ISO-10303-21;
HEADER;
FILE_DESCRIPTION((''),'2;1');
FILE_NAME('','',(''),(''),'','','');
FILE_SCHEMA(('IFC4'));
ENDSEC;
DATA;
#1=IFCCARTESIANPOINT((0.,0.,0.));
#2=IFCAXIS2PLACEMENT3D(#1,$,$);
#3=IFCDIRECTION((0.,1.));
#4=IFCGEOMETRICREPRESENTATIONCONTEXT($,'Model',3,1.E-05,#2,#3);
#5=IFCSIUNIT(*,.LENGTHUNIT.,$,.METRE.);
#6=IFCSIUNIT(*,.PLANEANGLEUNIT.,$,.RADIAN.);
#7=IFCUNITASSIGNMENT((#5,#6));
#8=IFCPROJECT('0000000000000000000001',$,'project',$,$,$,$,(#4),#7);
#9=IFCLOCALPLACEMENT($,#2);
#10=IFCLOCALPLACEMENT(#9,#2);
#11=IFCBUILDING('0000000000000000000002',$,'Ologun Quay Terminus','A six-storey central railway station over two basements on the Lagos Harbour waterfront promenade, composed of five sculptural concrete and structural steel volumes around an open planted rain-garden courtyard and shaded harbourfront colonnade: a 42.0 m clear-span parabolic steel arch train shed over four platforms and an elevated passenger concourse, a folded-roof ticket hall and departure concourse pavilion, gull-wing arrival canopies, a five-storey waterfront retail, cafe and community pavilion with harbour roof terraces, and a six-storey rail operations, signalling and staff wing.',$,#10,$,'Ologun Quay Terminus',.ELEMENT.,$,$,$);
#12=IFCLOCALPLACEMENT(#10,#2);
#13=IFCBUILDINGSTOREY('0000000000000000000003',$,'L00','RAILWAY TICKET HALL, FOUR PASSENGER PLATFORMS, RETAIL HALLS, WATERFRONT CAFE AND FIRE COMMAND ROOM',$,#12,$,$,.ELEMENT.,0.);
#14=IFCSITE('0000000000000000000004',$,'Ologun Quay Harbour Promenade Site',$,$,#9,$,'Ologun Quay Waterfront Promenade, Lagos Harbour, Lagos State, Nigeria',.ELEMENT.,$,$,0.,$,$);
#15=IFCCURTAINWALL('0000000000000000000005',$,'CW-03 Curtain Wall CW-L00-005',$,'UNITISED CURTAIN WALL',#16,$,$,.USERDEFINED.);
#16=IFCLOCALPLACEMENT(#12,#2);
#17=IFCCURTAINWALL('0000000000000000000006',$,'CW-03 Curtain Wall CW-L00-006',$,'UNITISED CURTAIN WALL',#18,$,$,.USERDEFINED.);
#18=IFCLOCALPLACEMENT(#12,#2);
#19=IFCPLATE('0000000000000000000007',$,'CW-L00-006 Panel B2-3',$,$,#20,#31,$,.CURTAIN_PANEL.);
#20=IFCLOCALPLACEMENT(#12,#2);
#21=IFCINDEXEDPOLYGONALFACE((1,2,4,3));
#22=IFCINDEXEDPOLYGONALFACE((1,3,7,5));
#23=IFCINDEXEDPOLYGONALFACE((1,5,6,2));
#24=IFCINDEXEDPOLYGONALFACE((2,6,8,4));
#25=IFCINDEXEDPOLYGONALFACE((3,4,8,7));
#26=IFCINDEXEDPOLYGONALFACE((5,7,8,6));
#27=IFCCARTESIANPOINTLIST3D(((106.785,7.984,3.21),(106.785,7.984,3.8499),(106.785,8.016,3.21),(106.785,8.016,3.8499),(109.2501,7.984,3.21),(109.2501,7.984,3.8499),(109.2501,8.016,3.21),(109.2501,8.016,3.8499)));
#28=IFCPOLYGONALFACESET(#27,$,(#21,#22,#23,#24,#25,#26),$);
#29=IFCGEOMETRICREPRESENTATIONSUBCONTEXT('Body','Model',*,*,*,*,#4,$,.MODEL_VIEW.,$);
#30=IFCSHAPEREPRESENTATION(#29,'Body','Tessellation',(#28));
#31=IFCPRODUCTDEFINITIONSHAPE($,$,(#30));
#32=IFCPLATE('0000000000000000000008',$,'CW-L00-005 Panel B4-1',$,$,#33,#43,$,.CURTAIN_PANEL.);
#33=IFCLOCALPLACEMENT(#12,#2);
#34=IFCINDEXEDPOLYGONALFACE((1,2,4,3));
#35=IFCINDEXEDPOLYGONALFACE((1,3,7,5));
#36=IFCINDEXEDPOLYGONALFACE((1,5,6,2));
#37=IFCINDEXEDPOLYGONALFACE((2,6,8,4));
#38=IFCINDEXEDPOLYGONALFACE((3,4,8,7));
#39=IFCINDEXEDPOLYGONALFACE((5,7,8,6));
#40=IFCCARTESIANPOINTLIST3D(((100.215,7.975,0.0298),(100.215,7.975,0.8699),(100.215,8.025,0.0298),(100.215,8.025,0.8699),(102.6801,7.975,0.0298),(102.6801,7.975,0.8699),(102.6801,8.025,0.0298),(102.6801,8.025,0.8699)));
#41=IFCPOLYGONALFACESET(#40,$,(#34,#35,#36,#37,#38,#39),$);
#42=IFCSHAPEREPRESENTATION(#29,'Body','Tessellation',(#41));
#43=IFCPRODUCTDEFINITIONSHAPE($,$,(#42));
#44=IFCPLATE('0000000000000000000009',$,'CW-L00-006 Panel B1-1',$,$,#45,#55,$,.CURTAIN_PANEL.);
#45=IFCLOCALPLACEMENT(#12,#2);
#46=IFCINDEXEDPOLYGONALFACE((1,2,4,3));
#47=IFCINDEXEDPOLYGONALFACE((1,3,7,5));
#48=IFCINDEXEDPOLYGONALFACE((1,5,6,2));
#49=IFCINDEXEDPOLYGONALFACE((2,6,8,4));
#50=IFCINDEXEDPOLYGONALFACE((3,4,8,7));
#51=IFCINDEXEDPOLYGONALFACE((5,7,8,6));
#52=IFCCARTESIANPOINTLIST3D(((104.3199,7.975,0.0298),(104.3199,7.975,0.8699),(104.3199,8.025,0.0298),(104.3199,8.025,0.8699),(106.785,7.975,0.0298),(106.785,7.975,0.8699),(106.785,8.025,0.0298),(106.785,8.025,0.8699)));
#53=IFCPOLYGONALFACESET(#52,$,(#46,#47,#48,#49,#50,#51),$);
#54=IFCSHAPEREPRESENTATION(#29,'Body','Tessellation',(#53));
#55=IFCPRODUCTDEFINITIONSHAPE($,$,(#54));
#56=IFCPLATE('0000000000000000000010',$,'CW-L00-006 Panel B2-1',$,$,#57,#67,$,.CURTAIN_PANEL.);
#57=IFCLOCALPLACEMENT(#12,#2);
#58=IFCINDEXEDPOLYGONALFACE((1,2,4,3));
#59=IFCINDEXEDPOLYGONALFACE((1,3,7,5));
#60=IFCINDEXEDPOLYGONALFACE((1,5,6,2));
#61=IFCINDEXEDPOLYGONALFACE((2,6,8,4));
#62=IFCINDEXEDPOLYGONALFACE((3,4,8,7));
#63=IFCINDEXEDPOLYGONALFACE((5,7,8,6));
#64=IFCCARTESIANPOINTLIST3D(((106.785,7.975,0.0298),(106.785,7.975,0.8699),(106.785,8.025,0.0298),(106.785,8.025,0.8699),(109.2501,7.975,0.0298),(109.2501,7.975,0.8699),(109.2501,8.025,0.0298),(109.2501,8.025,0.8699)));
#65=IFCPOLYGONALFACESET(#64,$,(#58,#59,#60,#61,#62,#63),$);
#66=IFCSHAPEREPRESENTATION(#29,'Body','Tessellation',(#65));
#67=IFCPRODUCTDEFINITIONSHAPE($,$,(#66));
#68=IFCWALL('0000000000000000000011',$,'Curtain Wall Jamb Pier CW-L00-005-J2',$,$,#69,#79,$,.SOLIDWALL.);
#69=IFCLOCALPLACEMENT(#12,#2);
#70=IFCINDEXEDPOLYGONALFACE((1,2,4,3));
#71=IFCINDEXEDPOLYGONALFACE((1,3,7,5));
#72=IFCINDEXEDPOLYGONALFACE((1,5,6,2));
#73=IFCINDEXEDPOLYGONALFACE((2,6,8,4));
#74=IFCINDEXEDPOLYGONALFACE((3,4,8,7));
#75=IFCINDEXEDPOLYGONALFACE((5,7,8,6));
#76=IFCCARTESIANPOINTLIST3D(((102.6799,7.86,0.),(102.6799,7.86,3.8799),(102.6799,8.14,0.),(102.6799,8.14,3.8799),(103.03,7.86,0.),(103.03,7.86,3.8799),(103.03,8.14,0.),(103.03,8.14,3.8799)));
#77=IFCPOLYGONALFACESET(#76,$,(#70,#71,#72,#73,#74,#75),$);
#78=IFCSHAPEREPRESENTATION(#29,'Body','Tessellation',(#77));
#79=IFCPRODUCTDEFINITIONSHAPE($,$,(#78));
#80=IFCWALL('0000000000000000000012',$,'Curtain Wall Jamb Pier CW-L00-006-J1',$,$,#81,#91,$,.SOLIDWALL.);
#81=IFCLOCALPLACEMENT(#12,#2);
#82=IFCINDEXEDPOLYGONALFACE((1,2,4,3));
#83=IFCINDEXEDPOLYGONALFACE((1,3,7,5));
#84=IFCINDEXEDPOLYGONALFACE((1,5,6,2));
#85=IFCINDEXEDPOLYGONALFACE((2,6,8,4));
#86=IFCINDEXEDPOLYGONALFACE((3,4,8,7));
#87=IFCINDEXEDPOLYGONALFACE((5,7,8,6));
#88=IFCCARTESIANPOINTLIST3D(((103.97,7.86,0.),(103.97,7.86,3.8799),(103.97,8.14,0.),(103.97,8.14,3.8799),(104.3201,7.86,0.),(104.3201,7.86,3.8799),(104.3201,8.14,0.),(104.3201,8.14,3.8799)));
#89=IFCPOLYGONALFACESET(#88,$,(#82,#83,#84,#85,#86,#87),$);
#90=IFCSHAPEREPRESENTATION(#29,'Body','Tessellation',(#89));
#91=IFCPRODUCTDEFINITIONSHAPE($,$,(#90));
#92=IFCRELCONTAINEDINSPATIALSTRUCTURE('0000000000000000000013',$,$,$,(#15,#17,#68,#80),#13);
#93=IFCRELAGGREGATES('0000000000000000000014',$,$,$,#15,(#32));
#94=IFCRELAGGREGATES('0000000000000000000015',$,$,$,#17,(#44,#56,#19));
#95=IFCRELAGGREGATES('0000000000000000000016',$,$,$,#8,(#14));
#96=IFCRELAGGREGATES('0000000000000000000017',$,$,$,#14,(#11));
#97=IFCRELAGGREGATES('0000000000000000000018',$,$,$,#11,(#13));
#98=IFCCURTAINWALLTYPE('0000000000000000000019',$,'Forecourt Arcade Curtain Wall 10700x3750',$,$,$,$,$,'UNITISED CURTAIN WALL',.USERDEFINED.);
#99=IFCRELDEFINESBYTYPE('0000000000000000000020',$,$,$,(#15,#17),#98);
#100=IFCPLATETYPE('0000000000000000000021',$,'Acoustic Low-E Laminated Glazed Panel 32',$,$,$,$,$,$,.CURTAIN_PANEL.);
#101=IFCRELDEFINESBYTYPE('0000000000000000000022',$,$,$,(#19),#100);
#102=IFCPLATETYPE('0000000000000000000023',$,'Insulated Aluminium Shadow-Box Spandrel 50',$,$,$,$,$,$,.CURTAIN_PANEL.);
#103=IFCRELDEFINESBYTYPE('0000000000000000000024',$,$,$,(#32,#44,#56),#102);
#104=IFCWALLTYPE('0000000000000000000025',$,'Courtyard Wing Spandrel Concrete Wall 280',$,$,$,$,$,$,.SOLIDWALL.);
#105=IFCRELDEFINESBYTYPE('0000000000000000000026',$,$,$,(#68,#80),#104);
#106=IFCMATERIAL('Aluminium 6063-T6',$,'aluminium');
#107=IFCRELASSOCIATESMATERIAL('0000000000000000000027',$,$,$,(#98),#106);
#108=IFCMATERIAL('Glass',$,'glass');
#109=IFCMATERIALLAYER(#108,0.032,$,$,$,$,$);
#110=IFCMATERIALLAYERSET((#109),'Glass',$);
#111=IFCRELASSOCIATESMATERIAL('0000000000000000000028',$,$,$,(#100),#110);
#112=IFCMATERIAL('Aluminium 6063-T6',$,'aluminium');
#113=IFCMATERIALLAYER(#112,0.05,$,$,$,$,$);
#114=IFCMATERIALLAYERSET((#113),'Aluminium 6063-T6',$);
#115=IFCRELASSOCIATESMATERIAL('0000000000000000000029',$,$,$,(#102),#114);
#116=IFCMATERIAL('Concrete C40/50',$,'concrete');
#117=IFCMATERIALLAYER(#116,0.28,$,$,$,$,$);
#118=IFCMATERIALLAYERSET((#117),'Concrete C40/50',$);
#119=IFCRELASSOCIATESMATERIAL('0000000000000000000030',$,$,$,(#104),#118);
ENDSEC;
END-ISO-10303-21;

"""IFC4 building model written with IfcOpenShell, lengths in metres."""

from ifc_helpers import new_model, si_unit, direction, frame, frame_2d, origin, origin_2d, place, context, subcontext, project, spatial, rectangle, extrude, material, layer, layer_set, type_object, element, aggregate, save


model = new_model("IFC4")

# Units and contexts
model_context = context("Model", 3, precision=1e-05, world=origin(), true_north=direction((0.0, 1.0)))
body_context = subcontext(model_context, "Body", "Model", "MODEL_VIEW")
ifc_project = project(units=[si_unit("LENGTHUNIT", "METRE"), si_unit("PLANEANGLEUNIT", "RADIAN")], contexts=[model_context])

# Site, building, storey
site_placement = place(None, origin())
site = spatial("IfcSite", under=ifc_project, at=site_placement, Name="Ologun Quay Harbour Promenade Site", LongName="Ologun Quay Waterfront Promenade, Lagos Harbour, Lagos State, Nigeria", CompositionType="ELEMENT", RefElevation=0.0)
building_placement = place(site_placement, origin())
building = spatial("IfcBuilding", under=site, at=building_placement, Name="Ologun Quay Terminus", Description="A six-storey central railway station over two basements on the Lagos Harbour waterfront promenade, composed of five sculptural concrete and structural steel volumes around an open planted rain-garden courtyard and shaded harbourfront colonnade: a 42.0 m clear-span parabolic steel arch train shed over four platforms and an elevated passenger concourse, a folded-roof ticket hall and departure concourse pavilion, gull-wing arrival canopies, a five-storey waterfront retail, cafe and community pavilion with harbour roof terraces, and a six-storey rail operations, signalling and staff wing.", LongName="Ologun Quay Terminus", CompositionType="ELEMENT")
storey_placement = place(building_placement, origin())
storey = spatial("IfcBuildingStorey", under=building, at=storey_placement, Name="L00", Description="RAILWAY TICKET HALL, FOUR PASSENGER PLATFORMS, RETAIL HALLS, WATERFRONT CAFE AND FIRE COMMAND ROOM", CompositionType="ELEMENT", Elevation=0.0)

# Curtain walls
ifc_material_1 = material(Name="Aluminium 6063-T6", Category="aluminium")
curtain_wall_type = type_object("IfcCurtainWallType", Name="Forecourt Arcade Curtain Wall 10700x3750", ElementType="UNITISED CURTAIN WALL", PredefinedType="USERDEFINED", material=ifc_material_1)
curtain_wall_1_placement = place(storey_placement, origin())
curtain_wall_1 = element("IfcCurtainWall", 1, at=curtain_wall_1_placement, inside=storey, type_object=curtain_wall_type, Name="CW-03 Curtain Wall CW-L00-005", ObjectType="UNITISED CURTAIN WALL", PredefinedType="USERDEFINED")
curtain_wall_2_placement = place(storey_placement, origin())
curtain_wall_2 = element("IfcCurtainWall", 2, at=curtain_wall_2_placement, inside=storey, type_object=curtain_wall_type, Name="CW-03 Curtain Wall CW-L00-006", ObjectType="UNITISED CURTAIN WALL", PredefinedType="USERDEFINED")

# Plates
ifc_material_2 = material(Name="Glass", Category="glass")
ifc_layer_1 = layer(ifc_material_2, 0.032)
ifc_layer_set_1 = layer_set([ifc_layer_1], Name="Glass")
plate_type_1 = type_object("IfcPlateType", Name="Acoustic Low-E Laminated Glazed Panel 32", PredefinedType="CURTAIN_PANEL", material=ifc_layer_set_1)
plate_1_placement = place(storey_placement, frame((108.0176, 8.0, 3.21), z_axis=(0.0, 0.0, 1.0), x_axis=(1.0, 0.0, 0.0)))
plate_1 = element("IfcPlate", 3, at=plate_1_placement, type_object=plate_type_1, Name="CW-L00-006 Panel B2-3", PredefinedType="CURTAIN_PANEL", context=body_context, shape_type="SweptSolid", body=[
    extrude(rectangle(XDim=2.4651, YDim=0.032, at=origin_2d()), origin(), (0.0, 0.0, 1.0), 0.6399),
])
ifc_material_3 = material(Name="Aluminium 6063-T6", Category="aluminium")
ifc_layer_2 = layer(ifc_material_3, 0.05)
ifc_layer_set_2 = layer_set([ifc_layer_2], Name="Aluminium 6063-T6")
plate_type_2 = type_object("IfcPlateType", Name="Insulated Aluminium Shadow-Box Spandrel 50", PredefinedType="CURTAIN_PANEL", material=ifc_layer_set_2)
plate_2_placement = place(storey_placement, frame((101.4475, 8.0, 0.0298), z_axis=(0.0, 0.0, 1.0), x_axis=(1.0, 0.0, 0.0)))
plate_2 = element("IfcPlate", 4, at=plate_2_placement, type_object=plate_type_2, Name="CW-L00-005 Panel B4-1", PredefinedType="CURTAIN_PANEL", context=body_context, shape_type="SweptSolid", body=[
    extrude(rectangle(XDim=2.4651, YDim=0.05, at=origin_2d()), origin(), (0.0, 0.0, 1.0), 0.8401),
])
aggregate(curtain_wall_1, [plate_2])
plate_3_placement = place(storey_placement, frame((105.5525, 8.0, 0.0298), z_axis=(0.0, 0.0, 1.0), x_axis=(1.0, 0.0, 0.0)))
plate_3 = element("IfcPlate", 5, at=plate_3_placement, type_object=plate_type_2, Name="CW-L00-006 Panel B1-1", PredefinedType="CURTAIN_PANEL", context=body_context, shape_type="SweptSolid", body=[
    extrude(rectangle(XDim=2.4651, YDim=0.05, at=origin_2d()), origin(), (0.0, 0.0, 1.0), 0.8401),
])
plate_4_placement = place(storey_placement, frame((108.0176, 8.0, 0.0298), z_axis=(0.0, 0.0, 1.0), x_axis=(1.0, 0.0, 0.0)))
plate_4 = element("IfcPlate", 6, at=plate_4_placement, type_object=plate_type_2, Name="CW-L00-006 Panel B2-1", PredefinedType="CURTAIN_PANEL", context=body_context, shape_type="SweptSolid", body=[
    extrude(rectangle(XDim=2.4651, YDim=0.05, at=origin_2d()), origin(), (0.0, 0.0, 1.0), 0.8401),
])
aggregate(curtain_wall_2, [plate_3, plate_4, plate_1])

# Walls
ifc_material_4 = material(Name="Concrete C40/50", Category="concrete")
ifc_layer_3 = layer(ifc_material_4, 0.28)
ifc_layer_set_3 = layer_set([ifc_layer_3], Name="Concrete C40/50")
wall_type = type_object("IfcWallType", Name="Courtyard Wing Spandrel Concrete Wall 280", PredefinedType="SOLIDWALL", material=ifc_layer_set_3)
for number, where, z_axis, x_axis, name in (
    (7, (102.6799, 8.0, 0.0), (0.0, 0.0, 1.0), (1.0, 0.0, 0.0), "Curtain Wall Jamb Pier CW-L00-005-J2"),
    (8, (103.97, 8.0, 0.0), (0.0, 0.0, 1.0), (1.0, 0.0, 0.0), "Curtain Wall Jamb Pier CW-L00-006-J1"),
):
    element("IfcWall", number, at=place(storey_placement, frame(where, z_axis=z_axis, x_axis=x_axis)), inside=storey, type_object=wall_type, Name=name, PredefinedType="SOLIDWALL", context=body_context, shape_type="SweptSolid", body=[
        extrude(rectangle(XDim=0.3501, YDim=0.28, at=frame_2d((0.175, 0.0))), origin(), (0.0, 0.0, 1.0), 3.8799),
    ])

save(model, "model.ifc")
